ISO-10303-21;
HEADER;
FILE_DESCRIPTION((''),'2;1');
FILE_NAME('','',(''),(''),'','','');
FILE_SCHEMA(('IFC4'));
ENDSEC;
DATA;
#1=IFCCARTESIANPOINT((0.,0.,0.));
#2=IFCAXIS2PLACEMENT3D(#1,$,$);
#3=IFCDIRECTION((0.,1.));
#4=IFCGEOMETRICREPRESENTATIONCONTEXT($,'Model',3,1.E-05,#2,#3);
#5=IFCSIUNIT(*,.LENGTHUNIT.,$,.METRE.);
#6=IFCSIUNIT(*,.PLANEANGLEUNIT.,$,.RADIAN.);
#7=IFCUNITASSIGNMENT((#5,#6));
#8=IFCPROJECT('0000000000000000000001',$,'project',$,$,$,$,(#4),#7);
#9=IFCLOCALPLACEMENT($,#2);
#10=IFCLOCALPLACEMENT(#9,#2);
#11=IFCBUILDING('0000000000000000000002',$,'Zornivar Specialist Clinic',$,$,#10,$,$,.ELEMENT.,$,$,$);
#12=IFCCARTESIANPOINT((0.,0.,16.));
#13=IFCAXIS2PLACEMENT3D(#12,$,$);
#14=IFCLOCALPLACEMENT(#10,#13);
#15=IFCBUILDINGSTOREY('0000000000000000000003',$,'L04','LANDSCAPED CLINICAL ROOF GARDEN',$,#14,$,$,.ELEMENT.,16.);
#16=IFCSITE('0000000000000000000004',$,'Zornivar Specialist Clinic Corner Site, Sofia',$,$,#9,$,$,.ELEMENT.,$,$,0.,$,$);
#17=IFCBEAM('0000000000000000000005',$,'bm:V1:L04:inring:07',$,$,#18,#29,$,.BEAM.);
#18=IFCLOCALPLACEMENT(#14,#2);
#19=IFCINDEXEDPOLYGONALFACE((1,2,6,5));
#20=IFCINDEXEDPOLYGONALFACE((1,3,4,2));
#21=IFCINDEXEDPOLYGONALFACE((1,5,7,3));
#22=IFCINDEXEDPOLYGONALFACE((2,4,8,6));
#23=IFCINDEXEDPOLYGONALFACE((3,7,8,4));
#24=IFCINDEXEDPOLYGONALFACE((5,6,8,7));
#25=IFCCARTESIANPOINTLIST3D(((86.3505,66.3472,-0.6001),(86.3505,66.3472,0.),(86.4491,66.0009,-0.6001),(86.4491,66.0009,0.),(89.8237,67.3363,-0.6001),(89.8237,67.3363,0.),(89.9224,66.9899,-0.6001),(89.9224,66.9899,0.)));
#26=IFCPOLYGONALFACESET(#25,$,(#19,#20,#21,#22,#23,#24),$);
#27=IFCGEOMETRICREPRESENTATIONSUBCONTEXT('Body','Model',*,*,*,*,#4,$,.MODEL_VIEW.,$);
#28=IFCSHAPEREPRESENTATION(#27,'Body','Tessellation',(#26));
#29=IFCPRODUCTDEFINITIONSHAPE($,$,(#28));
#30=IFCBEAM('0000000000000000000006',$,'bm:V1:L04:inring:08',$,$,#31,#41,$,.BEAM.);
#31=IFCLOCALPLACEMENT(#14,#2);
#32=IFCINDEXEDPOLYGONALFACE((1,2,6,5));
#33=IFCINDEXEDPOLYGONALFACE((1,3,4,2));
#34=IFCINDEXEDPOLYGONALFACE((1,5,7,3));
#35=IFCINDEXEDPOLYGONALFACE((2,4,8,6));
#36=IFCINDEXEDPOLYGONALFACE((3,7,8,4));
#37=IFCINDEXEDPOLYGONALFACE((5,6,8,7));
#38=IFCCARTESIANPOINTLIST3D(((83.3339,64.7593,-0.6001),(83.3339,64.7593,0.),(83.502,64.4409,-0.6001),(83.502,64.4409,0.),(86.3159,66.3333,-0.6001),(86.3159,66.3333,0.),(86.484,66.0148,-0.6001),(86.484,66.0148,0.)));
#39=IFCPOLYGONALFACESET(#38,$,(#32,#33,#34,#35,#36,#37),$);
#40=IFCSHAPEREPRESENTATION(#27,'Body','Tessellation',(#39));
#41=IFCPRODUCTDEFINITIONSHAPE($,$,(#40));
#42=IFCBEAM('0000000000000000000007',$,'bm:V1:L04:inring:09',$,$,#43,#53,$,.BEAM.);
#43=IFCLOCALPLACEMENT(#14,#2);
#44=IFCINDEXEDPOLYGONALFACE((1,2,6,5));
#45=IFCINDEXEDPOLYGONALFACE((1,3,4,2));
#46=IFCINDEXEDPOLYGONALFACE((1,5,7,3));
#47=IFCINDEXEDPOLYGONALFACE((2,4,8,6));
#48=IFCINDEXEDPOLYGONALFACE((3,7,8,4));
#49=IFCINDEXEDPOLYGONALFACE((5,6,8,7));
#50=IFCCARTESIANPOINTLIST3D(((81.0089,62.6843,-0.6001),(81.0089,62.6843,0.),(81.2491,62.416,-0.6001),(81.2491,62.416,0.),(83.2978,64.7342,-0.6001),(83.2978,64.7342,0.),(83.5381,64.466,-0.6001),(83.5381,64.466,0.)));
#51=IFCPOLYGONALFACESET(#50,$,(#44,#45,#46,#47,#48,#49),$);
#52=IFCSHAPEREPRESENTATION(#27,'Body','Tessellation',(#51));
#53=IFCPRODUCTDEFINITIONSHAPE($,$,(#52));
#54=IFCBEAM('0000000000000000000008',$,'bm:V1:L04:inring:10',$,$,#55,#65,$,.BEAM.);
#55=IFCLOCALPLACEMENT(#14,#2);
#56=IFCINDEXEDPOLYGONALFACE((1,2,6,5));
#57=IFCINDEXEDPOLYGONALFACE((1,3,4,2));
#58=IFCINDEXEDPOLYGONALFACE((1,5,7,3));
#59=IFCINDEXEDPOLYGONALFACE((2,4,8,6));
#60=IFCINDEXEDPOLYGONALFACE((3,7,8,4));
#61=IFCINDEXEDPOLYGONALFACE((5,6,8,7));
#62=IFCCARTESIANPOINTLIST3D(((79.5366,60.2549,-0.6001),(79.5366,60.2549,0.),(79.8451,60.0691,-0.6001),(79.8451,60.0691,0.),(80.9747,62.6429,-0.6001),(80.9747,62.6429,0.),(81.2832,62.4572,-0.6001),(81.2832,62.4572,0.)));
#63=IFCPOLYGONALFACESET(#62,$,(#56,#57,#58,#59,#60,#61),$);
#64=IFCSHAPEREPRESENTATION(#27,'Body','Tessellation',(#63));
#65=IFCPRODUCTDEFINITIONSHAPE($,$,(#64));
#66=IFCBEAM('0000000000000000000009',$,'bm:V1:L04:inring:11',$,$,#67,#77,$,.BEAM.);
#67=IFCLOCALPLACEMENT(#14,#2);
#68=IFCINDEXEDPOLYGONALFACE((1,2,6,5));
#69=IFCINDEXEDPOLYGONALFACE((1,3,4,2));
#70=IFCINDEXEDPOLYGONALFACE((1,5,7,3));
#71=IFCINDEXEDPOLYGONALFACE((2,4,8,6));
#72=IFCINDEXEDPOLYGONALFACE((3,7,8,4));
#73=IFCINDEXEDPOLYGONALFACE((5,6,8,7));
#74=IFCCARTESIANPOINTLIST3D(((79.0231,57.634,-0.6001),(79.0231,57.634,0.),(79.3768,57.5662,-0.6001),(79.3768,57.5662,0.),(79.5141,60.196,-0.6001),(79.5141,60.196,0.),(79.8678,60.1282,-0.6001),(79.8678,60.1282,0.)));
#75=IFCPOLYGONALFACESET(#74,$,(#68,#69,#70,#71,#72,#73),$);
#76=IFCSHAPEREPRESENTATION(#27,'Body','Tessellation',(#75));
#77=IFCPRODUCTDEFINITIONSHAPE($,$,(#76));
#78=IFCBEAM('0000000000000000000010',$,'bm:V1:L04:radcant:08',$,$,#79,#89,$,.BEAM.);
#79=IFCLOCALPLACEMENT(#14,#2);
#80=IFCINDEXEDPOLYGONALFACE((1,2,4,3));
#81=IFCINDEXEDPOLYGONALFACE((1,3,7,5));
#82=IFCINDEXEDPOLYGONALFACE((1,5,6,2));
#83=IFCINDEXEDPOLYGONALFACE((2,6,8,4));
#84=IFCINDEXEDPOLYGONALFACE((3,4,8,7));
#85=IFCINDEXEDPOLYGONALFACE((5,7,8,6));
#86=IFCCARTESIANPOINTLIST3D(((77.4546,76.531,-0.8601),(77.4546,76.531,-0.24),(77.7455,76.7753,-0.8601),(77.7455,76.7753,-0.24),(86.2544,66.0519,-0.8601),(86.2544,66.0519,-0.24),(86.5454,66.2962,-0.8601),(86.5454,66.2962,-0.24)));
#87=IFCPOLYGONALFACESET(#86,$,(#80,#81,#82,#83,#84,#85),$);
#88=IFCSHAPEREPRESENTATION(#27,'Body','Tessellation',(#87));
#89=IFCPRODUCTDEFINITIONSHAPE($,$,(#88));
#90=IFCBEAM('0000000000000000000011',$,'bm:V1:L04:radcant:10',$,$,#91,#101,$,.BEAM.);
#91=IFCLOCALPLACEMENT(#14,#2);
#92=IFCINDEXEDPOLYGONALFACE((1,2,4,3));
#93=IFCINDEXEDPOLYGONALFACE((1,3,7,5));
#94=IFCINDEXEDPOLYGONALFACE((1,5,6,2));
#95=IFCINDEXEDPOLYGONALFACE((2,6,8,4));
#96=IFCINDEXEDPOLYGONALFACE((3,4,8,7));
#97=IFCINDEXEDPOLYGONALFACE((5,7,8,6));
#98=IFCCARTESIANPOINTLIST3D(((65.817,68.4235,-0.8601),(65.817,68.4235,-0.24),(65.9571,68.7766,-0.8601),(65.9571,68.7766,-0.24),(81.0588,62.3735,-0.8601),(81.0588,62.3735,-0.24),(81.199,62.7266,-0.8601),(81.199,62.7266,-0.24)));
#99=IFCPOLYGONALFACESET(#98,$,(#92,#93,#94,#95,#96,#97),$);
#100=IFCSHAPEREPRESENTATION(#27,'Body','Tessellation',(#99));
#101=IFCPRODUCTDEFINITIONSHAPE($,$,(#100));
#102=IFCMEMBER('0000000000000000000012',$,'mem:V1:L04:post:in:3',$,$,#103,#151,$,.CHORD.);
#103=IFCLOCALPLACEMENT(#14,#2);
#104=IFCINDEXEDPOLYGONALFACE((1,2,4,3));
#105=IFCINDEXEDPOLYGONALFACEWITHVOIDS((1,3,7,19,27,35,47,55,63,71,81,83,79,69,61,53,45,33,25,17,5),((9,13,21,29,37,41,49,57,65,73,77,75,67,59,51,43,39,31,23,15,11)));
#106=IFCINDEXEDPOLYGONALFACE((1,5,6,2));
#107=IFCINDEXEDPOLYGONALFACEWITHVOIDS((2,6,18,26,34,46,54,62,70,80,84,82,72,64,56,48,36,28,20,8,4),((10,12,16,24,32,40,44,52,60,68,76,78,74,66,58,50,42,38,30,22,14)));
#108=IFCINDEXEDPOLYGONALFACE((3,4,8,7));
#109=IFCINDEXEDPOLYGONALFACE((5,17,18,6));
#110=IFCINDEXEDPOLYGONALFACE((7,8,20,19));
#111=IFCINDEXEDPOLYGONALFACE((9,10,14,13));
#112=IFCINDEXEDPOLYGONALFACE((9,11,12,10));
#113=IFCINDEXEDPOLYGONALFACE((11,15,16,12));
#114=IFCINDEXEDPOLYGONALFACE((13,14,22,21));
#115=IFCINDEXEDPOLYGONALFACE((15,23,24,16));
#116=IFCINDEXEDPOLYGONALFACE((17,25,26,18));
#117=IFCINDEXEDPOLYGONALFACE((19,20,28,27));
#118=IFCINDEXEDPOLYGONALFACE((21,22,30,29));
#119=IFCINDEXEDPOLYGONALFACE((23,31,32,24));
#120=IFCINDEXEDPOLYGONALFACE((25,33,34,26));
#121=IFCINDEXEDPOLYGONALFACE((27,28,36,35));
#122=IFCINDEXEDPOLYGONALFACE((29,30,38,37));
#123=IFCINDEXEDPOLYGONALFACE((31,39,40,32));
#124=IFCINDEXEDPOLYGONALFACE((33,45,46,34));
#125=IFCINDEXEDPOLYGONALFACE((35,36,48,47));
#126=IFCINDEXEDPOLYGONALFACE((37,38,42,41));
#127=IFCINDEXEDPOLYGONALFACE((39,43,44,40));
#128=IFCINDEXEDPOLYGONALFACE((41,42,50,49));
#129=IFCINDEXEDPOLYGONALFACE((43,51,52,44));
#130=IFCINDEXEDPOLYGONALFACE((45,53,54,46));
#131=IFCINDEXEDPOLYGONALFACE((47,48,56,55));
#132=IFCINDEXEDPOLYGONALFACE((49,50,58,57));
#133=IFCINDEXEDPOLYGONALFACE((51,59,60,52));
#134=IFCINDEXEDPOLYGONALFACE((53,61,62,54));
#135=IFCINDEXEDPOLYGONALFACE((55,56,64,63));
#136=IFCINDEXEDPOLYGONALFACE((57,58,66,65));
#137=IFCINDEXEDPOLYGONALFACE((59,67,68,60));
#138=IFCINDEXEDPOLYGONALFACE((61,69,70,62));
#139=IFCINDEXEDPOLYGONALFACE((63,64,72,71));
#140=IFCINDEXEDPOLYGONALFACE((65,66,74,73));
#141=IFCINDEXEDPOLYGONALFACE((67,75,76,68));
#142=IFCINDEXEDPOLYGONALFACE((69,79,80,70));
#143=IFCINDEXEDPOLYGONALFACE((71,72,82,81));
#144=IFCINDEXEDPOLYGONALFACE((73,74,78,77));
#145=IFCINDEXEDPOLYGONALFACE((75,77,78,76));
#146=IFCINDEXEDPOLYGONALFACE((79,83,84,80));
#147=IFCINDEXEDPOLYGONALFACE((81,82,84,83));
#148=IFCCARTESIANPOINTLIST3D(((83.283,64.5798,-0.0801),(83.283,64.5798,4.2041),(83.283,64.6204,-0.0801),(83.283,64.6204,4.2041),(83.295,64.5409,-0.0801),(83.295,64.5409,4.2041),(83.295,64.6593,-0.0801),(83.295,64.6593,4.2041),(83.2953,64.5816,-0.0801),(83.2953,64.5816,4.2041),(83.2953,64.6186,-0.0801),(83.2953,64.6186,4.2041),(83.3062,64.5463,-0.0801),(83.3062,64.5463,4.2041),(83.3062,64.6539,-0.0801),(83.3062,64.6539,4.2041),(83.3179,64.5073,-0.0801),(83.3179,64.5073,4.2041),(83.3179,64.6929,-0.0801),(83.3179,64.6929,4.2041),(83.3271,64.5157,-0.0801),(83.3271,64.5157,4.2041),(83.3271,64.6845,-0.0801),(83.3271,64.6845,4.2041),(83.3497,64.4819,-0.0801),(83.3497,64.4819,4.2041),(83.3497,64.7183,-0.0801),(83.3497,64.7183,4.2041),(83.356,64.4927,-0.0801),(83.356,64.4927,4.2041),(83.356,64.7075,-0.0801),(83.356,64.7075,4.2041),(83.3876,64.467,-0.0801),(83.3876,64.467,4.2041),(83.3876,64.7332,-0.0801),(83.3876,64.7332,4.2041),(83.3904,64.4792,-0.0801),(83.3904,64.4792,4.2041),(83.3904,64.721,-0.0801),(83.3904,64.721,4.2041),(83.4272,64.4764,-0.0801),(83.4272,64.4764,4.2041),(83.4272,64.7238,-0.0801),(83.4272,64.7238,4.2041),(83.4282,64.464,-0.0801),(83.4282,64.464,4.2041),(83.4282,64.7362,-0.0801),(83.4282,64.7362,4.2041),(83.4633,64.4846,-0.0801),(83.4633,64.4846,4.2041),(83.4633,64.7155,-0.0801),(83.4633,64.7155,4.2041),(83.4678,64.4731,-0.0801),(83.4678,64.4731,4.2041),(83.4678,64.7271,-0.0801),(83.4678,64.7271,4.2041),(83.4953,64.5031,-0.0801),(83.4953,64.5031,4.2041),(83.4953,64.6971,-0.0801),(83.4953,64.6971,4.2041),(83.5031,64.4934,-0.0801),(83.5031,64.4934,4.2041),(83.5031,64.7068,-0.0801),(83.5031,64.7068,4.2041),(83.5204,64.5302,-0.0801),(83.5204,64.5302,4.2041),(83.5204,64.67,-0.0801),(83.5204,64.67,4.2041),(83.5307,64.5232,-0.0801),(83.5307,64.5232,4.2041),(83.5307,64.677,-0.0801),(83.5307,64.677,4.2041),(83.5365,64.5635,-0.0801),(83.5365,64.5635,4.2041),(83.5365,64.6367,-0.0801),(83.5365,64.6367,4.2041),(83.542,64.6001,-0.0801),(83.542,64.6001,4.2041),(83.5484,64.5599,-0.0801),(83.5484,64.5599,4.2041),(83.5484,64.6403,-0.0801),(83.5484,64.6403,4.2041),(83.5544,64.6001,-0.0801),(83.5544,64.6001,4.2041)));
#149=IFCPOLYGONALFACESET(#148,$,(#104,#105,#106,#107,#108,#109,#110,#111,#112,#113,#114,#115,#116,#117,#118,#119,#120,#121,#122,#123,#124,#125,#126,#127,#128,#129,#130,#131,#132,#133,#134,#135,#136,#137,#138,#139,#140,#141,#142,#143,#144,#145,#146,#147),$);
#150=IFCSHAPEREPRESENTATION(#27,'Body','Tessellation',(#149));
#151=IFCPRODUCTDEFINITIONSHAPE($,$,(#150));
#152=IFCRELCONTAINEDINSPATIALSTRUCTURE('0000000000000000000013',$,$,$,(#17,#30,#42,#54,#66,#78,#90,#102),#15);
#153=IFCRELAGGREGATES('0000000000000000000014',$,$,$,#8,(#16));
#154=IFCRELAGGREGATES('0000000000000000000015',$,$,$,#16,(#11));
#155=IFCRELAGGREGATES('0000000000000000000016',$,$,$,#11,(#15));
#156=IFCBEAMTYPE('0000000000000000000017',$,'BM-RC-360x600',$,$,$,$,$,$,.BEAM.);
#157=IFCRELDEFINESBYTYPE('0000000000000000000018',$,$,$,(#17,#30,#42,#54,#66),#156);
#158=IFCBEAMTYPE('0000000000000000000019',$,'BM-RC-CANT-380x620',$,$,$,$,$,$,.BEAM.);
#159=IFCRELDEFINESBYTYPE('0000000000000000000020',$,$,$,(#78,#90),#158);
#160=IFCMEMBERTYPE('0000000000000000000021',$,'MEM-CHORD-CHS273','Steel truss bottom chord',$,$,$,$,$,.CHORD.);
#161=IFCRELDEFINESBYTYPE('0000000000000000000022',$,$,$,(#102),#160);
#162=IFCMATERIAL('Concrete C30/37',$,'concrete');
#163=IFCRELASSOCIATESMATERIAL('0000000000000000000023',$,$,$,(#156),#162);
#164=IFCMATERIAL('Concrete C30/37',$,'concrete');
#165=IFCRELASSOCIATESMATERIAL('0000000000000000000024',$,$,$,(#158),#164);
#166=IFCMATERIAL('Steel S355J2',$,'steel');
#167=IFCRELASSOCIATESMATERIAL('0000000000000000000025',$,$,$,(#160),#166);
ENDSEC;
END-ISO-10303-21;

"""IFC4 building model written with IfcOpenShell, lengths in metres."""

from ifc_helpers import new_model, si_unit, direction, frame, origin, origin_2d, place, context, subcontext, project, spatial, rectangle, hollow_circle, extrude, material, material_profile, profile_set, type_object, element, save


model = new_model("IFC4")

# Units and contexts
model_context = context("Model", 3, precision=1e-05, world=origin(), true_north=direction((0.0, 1.0)))
body_context = subcontext(model_context, "Body", "Model", "MODEL_VIEW")
ifc_project = project(units=[si_unit("LENGTHUNIT", "METRE"), si_unit("PLANEANGLEUNIT", "RADIAN")], contexts=[model_context])

# Site, building, storey
site_placement = place(None, origin())
site = spatial("IfcSite", under=ifc_project, at=site_placement, Name="Zornivar Specialist Clinic Corner Site, Sofia", CompositionType="ELEMENT", RefElevation=0.0)
building_placement = place(site_placement, origin())
building = spatial("IfcBuilding", under=site, at=building_placement, Name="Zornivar Specialist Clinic", CompositionType="ELEMENT")
storey_placement = place(building_placement, frame((0.0, 0.0, 16.0)))
storey = spatial("IfcBuildingStorey", under=building, at=storey_placement, Name="L04", Description="LANDSCAPED CLINICAL ROOF GARDEN", CompositionType="ELEMENT", Elevation=16.0)

# Beams
ifc_material_1 = material(Name="Concrete C30/37", Category="concrete")
ifc_material_profile_1 = material_profile(ifc_material_1, rectangle(XDim=0.3601, YDim=0.6001, at=origin_2d()), Name="RC 360x600")
ifc_profile_set_1 = profile_set([ifc_material_profile_1], Name="Concrete C30/37")
beam_type_1 = type_object("IfcBeamType", Name="BM-RC-360x600", PredefinedType="BEAM", material=ifc_profile_set_1)
beam_1_placement = place(storey_placement, frame((89.873, 67.1631, -0.3), z_axis=(-0.961766, -0.273873, 0.0), x_axis=(0.273873, -0.961766, 0.0)))
element("IfcBeam", 1, at=beam_1_placement, inside=storey, type_object=beam_type_1, Name="bm:V1:L04:inring:07", PredefinedType="BEAM", context=body_context, shape_type="SweptSolid", body=[
    extrude(rectangle(XDim=0.3601, YDim=0.6001, at=origin_2d()), origin(), (0.0, 0.0, 1.0), 3.6113),
])
beam_2_placement = place(storey_placement, frame((86.3999, 66.1741, -0.3), z_axis=(-0.884363, -0.4668, 0.0), x_axis=(0.4668, -0.884363, 0.0)))
element("IfcBeam", 2, at=beam_2_placement, inside=storey, type_object=beam_type_1, Name="bm:V1:L04:inring:08", PredefinedType="BEAM", context=body_context, shape_type="SweptSolid", body=[
    extrude(rectangle(XDim=0.3601, YDim=0.6001, at=origin_2d()), origin(), (0.0, 0.0, 1.0), 3.3718),
])
beam_3_placement = place(storey_placement, frame((83.418, 64.6001, -0.3), z_axis=(-0.744927, -0.667145, 0.0), x_axis=(0.667145, -0.744927, 0.0)))
element("IfcBeam", 3, at=beam_3_placement, inside=storey, type_object=beam_type_1, Name="bm:V1:L04:inring:09", PredefinedType="BEAM", context=body_context, shape_type="SweptSolid", body=[
    extrude(rectangle(XDim=0.3601, YDim=0.6001, at=origin_2d()), origin(), (0.0, 0.0, 1.0), 3.0728),
])
beam_4_placement = place(storey_placement, frame((81.1289, 62.55, -0.3), z_axis=(-0.515873, -0.856665, 0.0), x_axis=(0.856665, -0.515873, 0.0)))
element("IfcBeam", 4, at=beam_4_placement, inside=storey, type_object=beam_type_1, Name="bm:V1:L04:inring:10", PredefinedType="BEAM", context=body_context, shape_type="SweptSolid", body=[
    extrude(rectangle(XDim=0.3601, YDim=0.6001, at=origin_2d()), origin(), (0.0, 0.0, 1.0), 2.7876),
])
beam_5_placement = place(storey_placement, frame((79.6909, 60.1621, -0.3), z_axis=(-0.188209, -0.982129, 0.0), x_axis=(0.982129, -0.188209, 0.0)))
element("IfcBeam", 5, at=beam_5_placement, inside=storey, type_object=beam_type_1, Name="bm:V1:L04:inring:11", PredefinedType="BEAM", context=body_context, shape_type="SweptSolid", body=[
    extrude(rectangle(XDim=0.3601, YDim=0.6001, at=origin_2d()), origin(), (0.0, 0.0, 1.0), 2.6086),
])
ifc_material_2 = material(Name="Concrete C30/37", Category="concrete")
ifc_material_profile_2 = material_profile(ifc_material_2, rectangle(XDim=0.3799, YDim=0.6201, at=origin_2d()), Name="RC 380x620")
ifc_profile_set_2 = profile_set([ifc_material_profile_2], Name="Concrete C30/37")
beam_type_2 = type_object("IfcBeamType", Name="BM-RC-CANT-380x620", PredefinedType="BEAM", material=ifc_profile_set_2)
beam_6_placement = place(storey_placement, frame((86.3999, 66.1741, -0.55), z_axis=(-0.643082, 0.765797, 0.0), x_axis=(-0.765797, -0.643082, 0.0)))
element("IfcBeam", 6, at=beam_6_placement, inside=storey, type_object=beam_type_2, Name="bm:V1:L04:radcant:08", PredefinedType="BEAM", context=body_context, shape_type="SweptSolid", body=[
    extrude(rectangle(XDim=0.3799, YDim=0.6201, at=origin_2d()), origin(), (0.0, 0.0, 1.0), 13.6838),
])
beam_7_placement = place(storey_placement, frame((81.1289, 62.55, -0.55), z_axis=(-0.929456, 0.368933, 0.0), x_axis=(-0.368933, -0.929456, 0.0)))
element("IfcBeam", 7, at=beam_7_placement, inside=storey, type_object=beam_type_2, Name="bm:V1:L04:radcant:10", PredefinedType="BEAM", context=body_context, shape_type="SweptSolid", body=[
    extrude(rectangle(XDim=0.3799, YDim=0.6201, at=origin_2d()), origin(), (0.0, 0.0, 1.0), 16.3987),
])

# Member
ifc_material_3 = material(Name="Steel S355J2", Category="steel")
ifc_material_profile_3 = material_profile(ifc_material_3, hollow_circle(Radius=0.1365, WallThickness=0.0125, at=origin_2d()), Name="CHS 273x12.5")
ifc_profile_set_3 = profile_set([ifc_material_profile_3], Name="Steel S355J2")
member_type_1 = type_object("IfcMemberType", Name="MEM-CHORD-CHS273", Description="Steel truss bottom chord", PredefinedType="CHORD", material=ifc_profile_set_3)
member_1_placement = place(storey_placement, frame((83.418, 64.6001, -0.0801), z_axis=(0.0, 0.0, 1.0), x_axis=(1.0, 0.0, 0.0)))
element("IfcMember", 8, at=member_1_placement, inside=storey, type_object=member_type_1, Name="mem:V1:L04:post:in:3", PredefinedType="CHORD", context=body_context, shape_type="SweptSolid", body=[
    extrude(hollow_circle(Radius=0.1365, WallThickness=0.0125, at=origin_2d()), origin(), (0.0, 0.0, 1.0), 4.2842),
])

save(model, "model.ifc")
